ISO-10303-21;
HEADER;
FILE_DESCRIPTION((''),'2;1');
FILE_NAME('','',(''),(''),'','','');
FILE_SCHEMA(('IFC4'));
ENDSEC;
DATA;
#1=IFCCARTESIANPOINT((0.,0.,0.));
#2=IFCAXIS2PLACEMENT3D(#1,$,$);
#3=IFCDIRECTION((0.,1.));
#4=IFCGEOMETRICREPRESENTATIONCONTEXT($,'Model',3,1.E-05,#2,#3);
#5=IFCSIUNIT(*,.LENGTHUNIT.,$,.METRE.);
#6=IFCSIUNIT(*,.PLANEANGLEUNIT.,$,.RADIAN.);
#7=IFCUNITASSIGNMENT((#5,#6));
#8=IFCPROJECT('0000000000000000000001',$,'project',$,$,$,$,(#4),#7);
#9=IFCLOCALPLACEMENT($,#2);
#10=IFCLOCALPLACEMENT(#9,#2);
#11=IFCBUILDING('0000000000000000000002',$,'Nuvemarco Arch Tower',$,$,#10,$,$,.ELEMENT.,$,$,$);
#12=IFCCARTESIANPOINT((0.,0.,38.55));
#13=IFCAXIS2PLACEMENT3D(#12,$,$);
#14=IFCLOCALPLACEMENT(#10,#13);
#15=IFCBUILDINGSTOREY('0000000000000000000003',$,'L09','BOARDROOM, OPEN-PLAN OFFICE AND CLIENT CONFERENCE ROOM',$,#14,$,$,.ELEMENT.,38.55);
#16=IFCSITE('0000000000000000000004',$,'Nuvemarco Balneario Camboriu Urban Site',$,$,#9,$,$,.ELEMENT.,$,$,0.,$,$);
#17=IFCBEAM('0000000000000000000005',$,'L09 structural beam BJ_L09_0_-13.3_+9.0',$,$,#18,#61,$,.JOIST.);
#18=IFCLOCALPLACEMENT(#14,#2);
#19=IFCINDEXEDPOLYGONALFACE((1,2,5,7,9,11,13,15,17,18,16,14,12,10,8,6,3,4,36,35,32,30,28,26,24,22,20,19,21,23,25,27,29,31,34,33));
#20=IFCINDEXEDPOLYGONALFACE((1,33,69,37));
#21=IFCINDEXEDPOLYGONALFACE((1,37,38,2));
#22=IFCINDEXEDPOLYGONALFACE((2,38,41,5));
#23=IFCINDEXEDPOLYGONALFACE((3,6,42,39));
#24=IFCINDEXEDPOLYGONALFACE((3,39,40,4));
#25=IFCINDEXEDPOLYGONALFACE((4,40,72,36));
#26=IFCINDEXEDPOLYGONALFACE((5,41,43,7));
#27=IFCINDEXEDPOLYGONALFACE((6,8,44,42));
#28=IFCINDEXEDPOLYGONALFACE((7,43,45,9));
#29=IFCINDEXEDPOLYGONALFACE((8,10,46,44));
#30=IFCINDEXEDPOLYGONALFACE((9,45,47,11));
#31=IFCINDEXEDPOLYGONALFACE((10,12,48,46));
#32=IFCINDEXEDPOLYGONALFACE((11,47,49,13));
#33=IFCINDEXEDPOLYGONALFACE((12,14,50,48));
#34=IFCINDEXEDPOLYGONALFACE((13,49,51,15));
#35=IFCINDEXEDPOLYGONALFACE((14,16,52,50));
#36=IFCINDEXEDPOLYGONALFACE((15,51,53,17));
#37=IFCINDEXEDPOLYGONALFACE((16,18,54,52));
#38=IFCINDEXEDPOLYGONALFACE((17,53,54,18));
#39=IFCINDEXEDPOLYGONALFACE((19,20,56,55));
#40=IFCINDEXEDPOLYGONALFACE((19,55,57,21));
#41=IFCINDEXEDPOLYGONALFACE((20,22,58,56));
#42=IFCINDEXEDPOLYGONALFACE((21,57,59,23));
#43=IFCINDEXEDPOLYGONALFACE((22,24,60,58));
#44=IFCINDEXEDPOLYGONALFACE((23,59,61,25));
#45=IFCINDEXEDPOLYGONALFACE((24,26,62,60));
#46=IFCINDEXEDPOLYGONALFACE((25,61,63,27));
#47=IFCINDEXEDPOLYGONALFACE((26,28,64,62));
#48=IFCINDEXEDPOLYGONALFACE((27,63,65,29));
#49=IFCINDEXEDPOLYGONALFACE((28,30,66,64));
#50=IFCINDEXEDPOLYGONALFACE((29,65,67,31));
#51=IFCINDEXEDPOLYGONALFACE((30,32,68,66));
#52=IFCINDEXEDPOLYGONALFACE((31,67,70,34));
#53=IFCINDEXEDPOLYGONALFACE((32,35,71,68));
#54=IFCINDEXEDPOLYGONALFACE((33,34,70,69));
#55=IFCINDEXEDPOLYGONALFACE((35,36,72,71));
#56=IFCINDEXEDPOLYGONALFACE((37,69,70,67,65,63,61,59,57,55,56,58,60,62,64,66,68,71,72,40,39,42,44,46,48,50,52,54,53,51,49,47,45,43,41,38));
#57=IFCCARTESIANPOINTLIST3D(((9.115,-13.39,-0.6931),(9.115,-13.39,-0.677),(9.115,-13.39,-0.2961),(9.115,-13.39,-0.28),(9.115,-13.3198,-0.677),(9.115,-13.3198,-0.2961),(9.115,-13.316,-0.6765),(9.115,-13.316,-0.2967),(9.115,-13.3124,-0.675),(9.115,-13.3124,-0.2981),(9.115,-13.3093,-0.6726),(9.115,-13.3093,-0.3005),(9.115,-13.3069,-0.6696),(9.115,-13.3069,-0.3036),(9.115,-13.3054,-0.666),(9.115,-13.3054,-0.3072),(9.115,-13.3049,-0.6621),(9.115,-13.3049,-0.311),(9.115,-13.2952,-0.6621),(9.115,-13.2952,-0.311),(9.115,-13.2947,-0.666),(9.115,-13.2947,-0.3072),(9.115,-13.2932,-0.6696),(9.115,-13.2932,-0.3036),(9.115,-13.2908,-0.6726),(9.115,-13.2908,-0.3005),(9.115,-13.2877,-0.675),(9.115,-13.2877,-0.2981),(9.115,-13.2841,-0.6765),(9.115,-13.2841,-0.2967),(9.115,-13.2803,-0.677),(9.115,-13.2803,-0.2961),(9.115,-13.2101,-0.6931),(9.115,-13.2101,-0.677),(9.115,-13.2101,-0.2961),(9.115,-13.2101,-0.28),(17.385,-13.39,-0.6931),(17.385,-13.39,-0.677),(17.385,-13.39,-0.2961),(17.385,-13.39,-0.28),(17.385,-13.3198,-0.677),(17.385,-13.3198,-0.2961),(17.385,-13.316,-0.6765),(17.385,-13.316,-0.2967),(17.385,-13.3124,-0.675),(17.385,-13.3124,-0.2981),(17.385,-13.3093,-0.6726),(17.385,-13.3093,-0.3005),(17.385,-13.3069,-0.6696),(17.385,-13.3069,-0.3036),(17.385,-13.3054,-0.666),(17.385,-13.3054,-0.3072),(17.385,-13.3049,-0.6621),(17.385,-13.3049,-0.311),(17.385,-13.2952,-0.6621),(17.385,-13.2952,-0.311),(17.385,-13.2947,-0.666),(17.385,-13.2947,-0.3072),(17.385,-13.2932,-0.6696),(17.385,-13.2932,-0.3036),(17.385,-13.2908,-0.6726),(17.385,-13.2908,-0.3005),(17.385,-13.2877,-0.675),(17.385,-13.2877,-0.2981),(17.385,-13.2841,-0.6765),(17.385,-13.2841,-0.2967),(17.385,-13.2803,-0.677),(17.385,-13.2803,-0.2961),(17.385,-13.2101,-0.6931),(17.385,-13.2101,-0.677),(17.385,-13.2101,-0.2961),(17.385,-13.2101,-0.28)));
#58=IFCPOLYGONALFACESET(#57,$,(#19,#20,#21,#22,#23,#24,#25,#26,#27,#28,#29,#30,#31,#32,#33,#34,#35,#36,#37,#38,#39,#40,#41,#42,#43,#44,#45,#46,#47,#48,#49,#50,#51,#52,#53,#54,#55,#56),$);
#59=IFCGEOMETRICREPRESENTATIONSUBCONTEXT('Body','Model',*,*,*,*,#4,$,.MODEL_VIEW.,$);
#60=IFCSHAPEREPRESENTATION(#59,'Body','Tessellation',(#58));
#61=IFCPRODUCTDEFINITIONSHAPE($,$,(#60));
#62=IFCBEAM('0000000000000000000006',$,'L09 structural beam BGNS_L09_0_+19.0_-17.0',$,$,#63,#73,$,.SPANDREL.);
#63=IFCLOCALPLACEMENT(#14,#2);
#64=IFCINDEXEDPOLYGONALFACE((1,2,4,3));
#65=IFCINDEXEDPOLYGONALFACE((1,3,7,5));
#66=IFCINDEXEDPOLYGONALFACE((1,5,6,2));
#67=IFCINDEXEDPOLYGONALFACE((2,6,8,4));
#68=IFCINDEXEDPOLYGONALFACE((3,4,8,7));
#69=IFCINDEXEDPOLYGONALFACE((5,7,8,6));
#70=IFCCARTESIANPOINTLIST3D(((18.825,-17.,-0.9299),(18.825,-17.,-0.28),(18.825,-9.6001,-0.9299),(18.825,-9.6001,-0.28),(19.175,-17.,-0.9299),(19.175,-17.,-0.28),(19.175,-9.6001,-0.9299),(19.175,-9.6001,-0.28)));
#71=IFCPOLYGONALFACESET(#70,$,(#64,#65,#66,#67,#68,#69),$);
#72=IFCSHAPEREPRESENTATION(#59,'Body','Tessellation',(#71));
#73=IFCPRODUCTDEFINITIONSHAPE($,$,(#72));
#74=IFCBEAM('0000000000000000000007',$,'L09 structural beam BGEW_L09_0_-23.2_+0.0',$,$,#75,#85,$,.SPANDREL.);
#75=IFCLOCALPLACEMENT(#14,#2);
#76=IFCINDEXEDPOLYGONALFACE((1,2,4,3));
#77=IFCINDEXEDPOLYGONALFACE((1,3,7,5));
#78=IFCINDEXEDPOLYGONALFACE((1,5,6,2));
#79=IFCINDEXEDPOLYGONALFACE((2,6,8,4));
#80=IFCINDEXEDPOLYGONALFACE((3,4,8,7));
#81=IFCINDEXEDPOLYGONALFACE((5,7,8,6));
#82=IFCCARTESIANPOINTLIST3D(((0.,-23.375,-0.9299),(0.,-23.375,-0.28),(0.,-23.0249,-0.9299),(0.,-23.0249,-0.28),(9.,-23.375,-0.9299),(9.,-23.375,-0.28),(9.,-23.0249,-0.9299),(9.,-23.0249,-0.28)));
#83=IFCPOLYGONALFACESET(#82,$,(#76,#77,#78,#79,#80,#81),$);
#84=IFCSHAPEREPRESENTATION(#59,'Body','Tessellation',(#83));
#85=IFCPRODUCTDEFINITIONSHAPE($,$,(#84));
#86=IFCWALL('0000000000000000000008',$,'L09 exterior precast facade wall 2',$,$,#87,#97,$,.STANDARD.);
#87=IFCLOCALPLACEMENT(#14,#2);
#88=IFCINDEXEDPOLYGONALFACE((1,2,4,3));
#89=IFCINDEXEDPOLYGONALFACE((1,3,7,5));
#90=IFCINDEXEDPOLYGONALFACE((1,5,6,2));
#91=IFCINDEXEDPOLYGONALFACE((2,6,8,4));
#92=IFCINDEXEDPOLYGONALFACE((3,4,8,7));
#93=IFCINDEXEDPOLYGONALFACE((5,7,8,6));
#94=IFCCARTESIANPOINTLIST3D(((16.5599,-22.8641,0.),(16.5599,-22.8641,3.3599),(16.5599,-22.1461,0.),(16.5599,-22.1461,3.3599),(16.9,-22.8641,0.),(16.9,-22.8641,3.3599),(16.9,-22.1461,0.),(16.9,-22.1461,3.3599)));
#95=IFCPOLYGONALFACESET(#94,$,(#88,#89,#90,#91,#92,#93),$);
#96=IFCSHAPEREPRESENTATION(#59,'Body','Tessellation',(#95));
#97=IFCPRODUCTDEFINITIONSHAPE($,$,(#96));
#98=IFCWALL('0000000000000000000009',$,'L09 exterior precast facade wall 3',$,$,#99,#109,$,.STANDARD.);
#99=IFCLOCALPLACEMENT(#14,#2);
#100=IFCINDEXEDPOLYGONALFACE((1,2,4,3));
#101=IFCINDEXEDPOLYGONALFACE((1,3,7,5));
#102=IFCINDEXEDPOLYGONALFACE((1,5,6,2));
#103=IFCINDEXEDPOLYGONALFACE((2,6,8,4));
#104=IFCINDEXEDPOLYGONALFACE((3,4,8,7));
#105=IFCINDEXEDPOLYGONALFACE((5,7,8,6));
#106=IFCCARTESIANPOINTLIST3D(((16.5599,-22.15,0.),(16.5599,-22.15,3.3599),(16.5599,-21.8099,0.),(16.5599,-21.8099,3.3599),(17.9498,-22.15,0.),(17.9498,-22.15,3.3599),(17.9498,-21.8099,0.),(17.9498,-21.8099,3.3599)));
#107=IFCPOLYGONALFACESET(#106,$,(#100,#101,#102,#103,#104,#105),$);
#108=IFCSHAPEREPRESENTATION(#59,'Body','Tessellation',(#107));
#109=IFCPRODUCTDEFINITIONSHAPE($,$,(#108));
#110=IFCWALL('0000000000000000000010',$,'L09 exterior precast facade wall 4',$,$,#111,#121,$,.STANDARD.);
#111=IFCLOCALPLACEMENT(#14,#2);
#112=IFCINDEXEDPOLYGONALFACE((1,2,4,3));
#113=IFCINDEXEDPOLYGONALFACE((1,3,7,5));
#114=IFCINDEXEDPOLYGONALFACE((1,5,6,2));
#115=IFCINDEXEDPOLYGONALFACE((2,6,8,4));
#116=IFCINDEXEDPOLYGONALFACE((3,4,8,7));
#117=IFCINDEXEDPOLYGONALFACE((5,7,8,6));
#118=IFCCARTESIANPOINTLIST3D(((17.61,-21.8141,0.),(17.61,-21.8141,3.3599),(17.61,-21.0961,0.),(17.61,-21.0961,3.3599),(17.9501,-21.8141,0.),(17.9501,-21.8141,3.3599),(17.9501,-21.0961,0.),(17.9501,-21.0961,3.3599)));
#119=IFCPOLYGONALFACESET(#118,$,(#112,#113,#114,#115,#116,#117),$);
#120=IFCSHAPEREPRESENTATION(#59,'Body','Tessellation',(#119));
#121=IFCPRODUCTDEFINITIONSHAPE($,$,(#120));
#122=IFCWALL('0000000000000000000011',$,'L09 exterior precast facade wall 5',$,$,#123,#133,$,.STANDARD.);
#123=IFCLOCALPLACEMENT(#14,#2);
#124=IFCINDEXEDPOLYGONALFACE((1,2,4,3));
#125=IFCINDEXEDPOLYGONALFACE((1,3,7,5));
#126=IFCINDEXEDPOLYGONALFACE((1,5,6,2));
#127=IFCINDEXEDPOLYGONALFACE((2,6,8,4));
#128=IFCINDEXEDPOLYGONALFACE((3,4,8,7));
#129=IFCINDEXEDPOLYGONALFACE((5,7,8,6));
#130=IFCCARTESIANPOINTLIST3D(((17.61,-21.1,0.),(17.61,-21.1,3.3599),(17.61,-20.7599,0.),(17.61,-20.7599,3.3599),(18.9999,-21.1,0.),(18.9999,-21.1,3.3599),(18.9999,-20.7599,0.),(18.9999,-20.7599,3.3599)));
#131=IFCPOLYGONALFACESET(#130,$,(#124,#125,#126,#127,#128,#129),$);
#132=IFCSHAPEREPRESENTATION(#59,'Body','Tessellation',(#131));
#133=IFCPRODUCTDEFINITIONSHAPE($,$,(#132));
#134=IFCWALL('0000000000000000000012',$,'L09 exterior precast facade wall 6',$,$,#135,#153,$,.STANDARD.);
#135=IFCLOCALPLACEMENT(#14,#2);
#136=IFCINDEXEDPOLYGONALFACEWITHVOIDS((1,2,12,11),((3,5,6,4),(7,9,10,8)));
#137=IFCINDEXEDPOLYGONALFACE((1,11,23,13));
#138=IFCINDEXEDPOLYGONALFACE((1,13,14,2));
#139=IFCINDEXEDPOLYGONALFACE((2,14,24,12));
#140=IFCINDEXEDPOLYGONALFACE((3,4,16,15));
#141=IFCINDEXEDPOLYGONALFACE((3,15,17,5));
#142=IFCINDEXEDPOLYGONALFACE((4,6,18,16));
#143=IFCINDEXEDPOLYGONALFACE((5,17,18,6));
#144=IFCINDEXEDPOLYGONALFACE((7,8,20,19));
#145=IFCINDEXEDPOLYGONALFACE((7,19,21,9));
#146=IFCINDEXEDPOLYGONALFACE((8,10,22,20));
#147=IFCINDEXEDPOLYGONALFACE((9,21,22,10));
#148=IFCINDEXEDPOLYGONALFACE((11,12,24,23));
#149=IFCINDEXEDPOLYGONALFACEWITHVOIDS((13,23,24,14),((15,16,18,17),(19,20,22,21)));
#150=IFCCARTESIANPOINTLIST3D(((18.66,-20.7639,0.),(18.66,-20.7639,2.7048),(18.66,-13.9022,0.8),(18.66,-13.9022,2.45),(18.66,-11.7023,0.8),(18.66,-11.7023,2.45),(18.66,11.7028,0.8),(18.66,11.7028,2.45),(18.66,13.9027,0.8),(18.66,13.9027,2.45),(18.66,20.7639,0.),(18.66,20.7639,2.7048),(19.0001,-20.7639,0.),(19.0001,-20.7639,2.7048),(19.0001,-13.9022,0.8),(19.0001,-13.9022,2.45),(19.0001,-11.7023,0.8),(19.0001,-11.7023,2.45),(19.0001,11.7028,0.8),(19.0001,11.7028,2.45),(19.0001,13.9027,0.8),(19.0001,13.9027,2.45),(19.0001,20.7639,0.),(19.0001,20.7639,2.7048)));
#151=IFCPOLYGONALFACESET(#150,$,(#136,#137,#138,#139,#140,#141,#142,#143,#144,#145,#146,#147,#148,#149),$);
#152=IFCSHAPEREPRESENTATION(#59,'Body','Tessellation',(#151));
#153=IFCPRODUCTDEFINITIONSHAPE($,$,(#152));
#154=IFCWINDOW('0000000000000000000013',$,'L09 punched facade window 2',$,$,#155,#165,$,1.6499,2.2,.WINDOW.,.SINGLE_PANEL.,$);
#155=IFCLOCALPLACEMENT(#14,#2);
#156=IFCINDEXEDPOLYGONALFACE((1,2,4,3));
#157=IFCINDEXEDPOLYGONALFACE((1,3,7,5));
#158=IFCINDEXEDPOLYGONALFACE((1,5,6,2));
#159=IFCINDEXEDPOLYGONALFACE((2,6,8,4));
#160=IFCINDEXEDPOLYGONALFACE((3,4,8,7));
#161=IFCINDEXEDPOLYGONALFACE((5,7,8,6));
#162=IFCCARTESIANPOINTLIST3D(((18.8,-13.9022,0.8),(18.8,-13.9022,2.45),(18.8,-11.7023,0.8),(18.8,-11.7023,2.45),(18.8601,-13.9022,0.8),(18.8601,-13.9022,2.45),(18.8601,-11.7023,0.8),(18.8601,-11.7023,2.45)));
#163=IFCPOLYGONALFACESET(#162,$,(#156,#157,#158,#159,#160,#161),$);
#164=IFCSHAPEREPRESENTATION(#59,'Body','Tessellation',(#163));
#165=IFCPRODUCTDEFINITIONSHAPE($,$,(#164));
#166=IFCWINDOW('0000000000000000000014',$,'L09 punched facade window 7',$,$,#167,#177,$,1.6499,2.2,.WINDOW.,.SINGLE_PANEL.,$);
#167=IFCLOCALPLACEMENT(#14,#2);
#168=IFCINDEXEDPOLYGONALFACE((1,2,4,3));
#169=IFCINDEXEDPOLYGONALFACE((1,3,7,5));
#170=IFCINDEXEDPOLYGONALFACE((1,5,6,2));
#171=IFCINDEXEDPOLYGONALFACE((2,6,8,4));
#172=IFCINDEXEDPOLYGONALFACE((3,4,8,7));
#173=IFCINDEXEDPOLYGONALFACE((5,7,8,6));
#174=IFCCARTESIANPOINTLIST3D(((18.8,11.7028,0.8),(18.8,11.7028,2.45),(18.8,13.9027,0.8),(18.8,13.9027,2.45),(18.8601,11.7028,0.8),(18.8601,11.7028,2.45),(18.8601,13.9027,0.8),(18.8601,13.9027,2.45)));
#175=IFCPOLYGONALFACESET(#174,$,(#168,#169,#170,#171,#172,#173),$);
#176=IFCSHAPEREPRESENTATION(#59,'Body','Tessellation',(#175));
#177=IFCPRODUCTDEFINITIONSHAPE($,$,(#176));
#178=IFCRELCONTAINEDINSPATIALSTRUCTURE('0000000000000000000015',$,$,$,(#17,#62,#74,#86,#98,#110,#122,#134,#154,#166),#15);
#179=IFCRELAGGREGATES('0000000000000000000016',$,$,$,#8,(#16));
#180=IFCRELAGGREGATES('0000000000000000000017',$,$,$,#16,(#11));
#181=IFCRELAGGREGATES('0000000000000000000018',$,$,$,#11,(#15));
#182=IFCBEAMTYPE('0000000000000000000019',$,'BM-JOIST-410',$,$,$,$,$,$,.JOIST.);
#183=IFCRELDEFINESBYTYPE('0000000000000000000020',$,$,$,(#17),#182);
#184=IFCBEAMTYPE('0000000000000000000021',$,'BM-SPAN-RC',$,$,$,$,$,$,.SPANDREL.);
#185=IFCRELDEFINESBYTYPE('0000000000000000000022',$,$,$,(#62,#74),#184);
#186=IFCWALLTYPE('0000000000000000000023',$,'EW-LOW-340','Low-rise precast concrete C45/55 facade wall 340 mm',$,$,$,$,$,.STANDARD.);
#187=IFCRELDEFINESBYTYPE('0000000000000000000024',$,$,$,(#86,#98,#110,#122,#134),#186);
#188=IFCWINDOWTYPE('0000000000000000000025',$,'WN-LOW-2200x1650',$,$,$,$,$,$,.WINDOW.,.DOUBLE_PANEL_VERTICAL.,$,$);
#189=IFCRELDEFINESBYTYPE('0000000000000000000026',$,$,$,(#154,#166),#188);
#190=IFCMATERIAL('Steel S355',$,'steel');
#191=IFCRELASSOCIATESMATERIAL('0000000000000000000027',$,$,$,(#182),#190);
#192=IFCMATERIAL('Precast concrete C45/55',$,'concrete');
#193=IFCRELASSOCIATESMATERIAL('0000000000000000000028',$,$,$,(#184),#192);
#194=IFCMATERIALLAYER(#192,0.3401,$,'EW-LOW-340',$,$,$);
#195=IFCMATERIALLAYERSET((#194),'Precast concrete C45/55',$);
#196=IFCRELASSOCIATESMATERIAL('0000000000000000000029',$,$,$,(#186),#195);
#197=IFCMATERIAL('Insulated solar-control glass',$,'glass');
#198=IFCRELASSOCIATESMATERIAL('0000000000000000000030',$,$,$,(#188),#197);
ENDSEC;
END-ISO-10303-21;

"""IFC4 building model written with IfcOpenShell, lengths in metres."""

from ifc_helpers import new_model, si_unit, direction, frame, frame_2d, origin, origin_2d, place, context, subcontext, project, spatial, rectangle, i_section, extrude, source, transform, mapped, material, layer, layer_set, material_profile, profile_set, type_object, type_shapes, element, fill, save


model = new_model("IFC4")

# Units and contexts
model_context = context("Model", 3, precision=1e-05, world=origin(), true_north=direction((0.0, 1.0)))
body_context = subcontext(model_context, "Body", "Model", "MODEL_VIEW")
ifc_project = project(units=[si_unit("LENGTHUNIT", "METRE"), si_unit("PLANEANGLEUNIT", "RADIAN")], contexts=[model_context])

# Site, building, storey
site_placement = place(None, origin())
site = spatial("IfcSite", under=ifc_project, at=site_placement, Name="Nuvemarco Balneario Camboriu Urban Site", CompositionType="ELEMENT", RefElevation=0.0)
building_placement = place(site_placement, origin())
building = spatial("IfcBuilding", under=site, at=building_placement, Name="Nuvemarco Arch Tower", CompositionType="ELEMENT")
storey_placement = place(building_placement, frame((0.0, 0.0, 38.55)))
storey = spatial("IfcBuildingStorey", under=building, at=storey_placement, Name="L09", Description="BOARDROOM, OPEN-PLAN OFFICE AND CLIENT CONFERENCE ROOM", CompositionType="ELEMENT", Elevation=38.55)

# Shared definitions
ifc_material_1 = material(Name="Steel S355", Category="steel")

# Beams
ifc_material_profile_1 = material_profile(ifc_material_1, i_section(OverallWidth=0.1799, OverallDepth=0.4131, WebThickness=0.0098, FlangeThickness=0.0161, FilletRadius=0.0149, at=origin_2d()), Name="W410x75")
ifc_profile_set_1 = profile_set([ifc_material_profile_1], Name="Steel S355")
beam_type_1 = type_object("IfcBeamType", Name="BM-JOIST-410", PredefinedType="JOIST", material=ifc_profile_set_1)
beam_1_placement = place(storey_placement, frame((9.115, -13.3, -0.4866), z_axis=(1.0, 0.0, 0.0), x_axis=(0.0, 1.0, 0.0)))
element("IfcBeam", 1, at=beam_1_placement, inside=storey, type_object=beam_type_1, Name="L09 structural beam BJ_L09_0_-13.3_+9.0", PredefinedType="JOIST", context=body_context, shape_type="SweptSolid", body=[
    extrude(i_section(OverallWidth=0.1799, OverallDepth=0.4131, WebThickness=0.0098, FlangeThickness=0.0161, FilletRadius=0.0149, at=origin_2d()), origin(), (0.0, 0.0, 1.0), 8.27),
])
ifc_material_2 = material(Name="Precast concrete C45/55", Category="concrete")
ifc_material_profile_2 = material_profile(ifc_material_2, rectangle(XDim=0.3501, YDim=0.6499, at=origin_2d()), Name="PC-SP-350x650")
ifc_profile_set_2 = profile_set([ifc_material_profile_2], Name="Precast concrete C45/55")
beam_type_2 = type_object("IfcBeamType", Name="BM-SPAN-RC", PredefinedType="SPANDREL", material=ifc_profile_set_2)
beam_2_placement = place(storey_placement, frame((19.0, -17.0, -0.605), z_axis=(0.0, 1.0, 0.0), x_axis=(-1.0, 0.0, 0.0)))
element("IfcBeam", 2, at=beam_2_placement, inside=storey, type_object=beam_type_2, Name="L09 structural beam BGNS_L09_0_+19.0_-17.0", PredefinedType="SPANDREL", context=body_context, shape_type="SweptSolid", body=[
    extrude(rectangle(XDim=0.3501, YDim=0.6499, at=origin_2d()), origin(), (0.0, 0.0, 1.0), 7.3999),
])
beam_3_placement = place(storey_placement, frame((0.0, -23.2, -0.605), z_axis=(1.0, 0.0, 0.0), x_axis=(0.0, 1.0, 0.0)))
element("IfcBeam", 3, at=beam_3_placement, inside=storey, type_object=beam_type_2, Name="L09 structural beam BGEW_L09_0_-23.2_+0.0", PredefinedType="SPANDREL", context=body_context, shape_type="SweptSolid", body=[
    extrude(rectangle(XDim=0.3501, YDim=0.6499, at=origin_2d()), origin(), (0.0, 0.0, 1.0), 9.0),
])

# Walls
ifc_layer_1 = layer(ifc_material_2, 0.3401, Name="EW-LOW-340")
ifc_layer_set_1 = layer_set([ifc_layer_1], Name="Precast concrete C45/55")
wall_type_1 = type_object("IfcWallType", Name="EW-LOW-340", Description="Low-rise precast concrete C45/55 facade wall 340 mm", PredefinedType="STANDARD", material=ifc_layer_set_1)
wall_1_placement = place(storey_placement, frame((16.73, -22.864, 0.0), z_axis=(0.0, 0.0, 1.0), x_axis=(0.0, 1.0, 0.0)))
element("IfcWall", 4, at=wall_1_placement, inside=storey, type_object=wall_type_1, Name="L09 exterior precast facade wall 2", PredefinedType="STANDARD", context=body_context, shape_type="SweptSolid", body=[
    extrude(rectangle(XDim=0.718, YDim=0.3401, at=frame_2d((0.3589, 0.0))), origin(), (0.0, 0.0, 1.0), 3.3599),
])
wall_2_placement = place(storey_placement, frame((16.5601, -21.98, 0.0), z_axis=(0.0, 0.0, 1.0), x_axis=(1.0, 0.0, 0.0)))
element("IfcWall", 5, at=wall_2_placement, inside=storey, type_object=wall_type_1, Name="L09 exterior precast facade wall 3", PredefinedType="STANDARD", context=body_context, shape_type="SweptSolid", body=[
    extrude(rectangle(XDim=1.3899, YDim=0.3401, at=frame_2d((0.6948, 0.0))), origin(), (0.0, 0.0, 1.0), 3.3599),
])
wall_3_placement = place(storey_placement, frame((17.78, -21.814, 0.0), z_axis=(0.0, 0.0, 1.0), x_axis=(0.0, 1.0, 0.0)))
element("IfcWall", 6, at=wall_3_placement, inside=storey, type_object=wall_type_1, Name="L09 exterior precast facade wall 4", PredefinedType="STANDARD", context=body_context, shape_type="SweptSolid", body=[
    extrude(rectangle(XDim=0.718, YDim=0.3401, at=frame_2d((0.3589, 0.0))), origin(), (0.0, 0.0, 1.0), 3.3599),
])
wall_4_placement = place(storey_placement, frame((17.6101, -20.9299, 0.0), z_axis=(0.0, 0.0, 1.0), x_axis=(1.0, 0.0, 0.0)))
element("IfcWall", 7, at=wall_4_placement, inside=storey, type_object=wall_type_1, Name="L09 exterior precast facade wall 5", PredefinedType="STANDARD", context=body_context, shape_type="SweptSolid", body=[
    extrude(rectangle(XDim=1.3899, YDim=0.3401, at=frame_2d((0.6948, 0.0))), origin(), (0.0, 0.0, 1.0), 3.3599),
])

# Wall, openings, windows
wall_5_placement = place(storey_placement, frame((18.8301, -20.7639, 0.0), z_axis=(0.0, 0.0, 1.0), x_axis=(0.0, 1.0, 0.0)))
wall_5 = element("IfcWall", 8, at=wall_5_placement, inside=storey, type_object=wall_type_1, Name="L09 exterior precast facade wall 6", PredefinedType="STANDARD", context=body_context, shape_type="SweptSolid", body=[
    extrude(rectangle(XDim=41.5278, YDim=0.3401, at=frame_2d((20.7639, 0.0))), origin(), (0.0, 0.0, 1.0), 2.7048),
])
opening_1_placement = place(wall_5_placement, frame((6.8616, 0.0, 0.8)))
opening_1 = element("IfcOpeningElement", 9, at=opening_1_placement, cuts=wall_5, PredefinedType="OPENING", context=body_context, shape_type="SweptSolid", body=[
    extrude(rectangle(XDim=2.2, YDim=1.6499, at=frame_2d((1.1001, 0.825))), frame((0.0, 0.1799, 0.0), z_axis=(0.0, -1.0, 0.0), x_axis=(1.0, 0.0, 0.0)), (0.0, 0.0, 1.0), 0.3601),
])
opening_2_placement = place(wall_5_placement, frame((32.4666, 0.0, 0.8)))
opening_2 = element("IfcOpeningElement", 10, at=opening_2_placement, cuts=wall_5, PredefinedType="OPENING", context=body_context, shape_type="SweptSolid", body=[
    extrude(rectangle(XDim=2.2, YDim=1.6499, at=frame_2d((1.1001, 0.825))), frame((0.0, 0.1799, 0.0), z_axis=(0.0, -1.0, 0.0), x_axis=(1.0, 0.0, 0.0)), (0.0, 0.0, 1.0), 0.3601),
])
ifc_material_3 = material(Name="Insulated solar-control glass", Category="glass")
window_type = type_object("IfcWindowType", Name="WN-LOW-2200x1650", PartitioningType="DOUBLE_PANEL_VERTICAL", PredefinedType="WINDOW", material=ifc_material_3)
shared_shape_1 = source(origin(), body_context, "Body", "SweptSolid", [
    extrude(rectangle(XDim=2.2, YDim=1.6499, at=frame_2d((1.1001, 0.825))), frame((0.0, 0.03, 0.0), z_axis=(0.0, -1.0, 0.0), x_axis=(1.0, 0.0, 0.0)), (0.0, 0.0, 1.0), 0.0601),
])
type_shapes(window_type, [shared_shape_1])
window_1_placement = place(opening_1_placement, origin())
window_1 = element("IfcWindow", 11, at=window_1_placement, inside=storey, type_object=window_type, Name="L09 punched facade window 2", OverallHeight=1.6499, OverallWidth=2.2, PartitioningType="SINGLE_PANEL", PredefinedType="WINDOW", context=body_context, shape_type="MappedRepresentation", body=[
    mapped(shared_shape_1, transform((0.0, 0.0, 0.0), scale=1.0)),
])
fill(opening_1, window_1)
window_2_placement = place(opening_2_placement, origin())
window_2 = element("IfcWindow", 12, at=window_2_placement, inside=storey, type_object=window_type, Name="L09 punched facade window 7", OverallHeight=1.6499, OverallWidth=2.2, PartitioningType="SINGLE_PANEL", PredefinedType="WINDOW", context=body_context, shape_type="MappedRepresentation", body=[
    mapped(shared_shape_1, transform((0.0, 0.0, 0.0), scale=1.0)),
])
fill(opening_2, window_2)

save(model, "model.ifc")
